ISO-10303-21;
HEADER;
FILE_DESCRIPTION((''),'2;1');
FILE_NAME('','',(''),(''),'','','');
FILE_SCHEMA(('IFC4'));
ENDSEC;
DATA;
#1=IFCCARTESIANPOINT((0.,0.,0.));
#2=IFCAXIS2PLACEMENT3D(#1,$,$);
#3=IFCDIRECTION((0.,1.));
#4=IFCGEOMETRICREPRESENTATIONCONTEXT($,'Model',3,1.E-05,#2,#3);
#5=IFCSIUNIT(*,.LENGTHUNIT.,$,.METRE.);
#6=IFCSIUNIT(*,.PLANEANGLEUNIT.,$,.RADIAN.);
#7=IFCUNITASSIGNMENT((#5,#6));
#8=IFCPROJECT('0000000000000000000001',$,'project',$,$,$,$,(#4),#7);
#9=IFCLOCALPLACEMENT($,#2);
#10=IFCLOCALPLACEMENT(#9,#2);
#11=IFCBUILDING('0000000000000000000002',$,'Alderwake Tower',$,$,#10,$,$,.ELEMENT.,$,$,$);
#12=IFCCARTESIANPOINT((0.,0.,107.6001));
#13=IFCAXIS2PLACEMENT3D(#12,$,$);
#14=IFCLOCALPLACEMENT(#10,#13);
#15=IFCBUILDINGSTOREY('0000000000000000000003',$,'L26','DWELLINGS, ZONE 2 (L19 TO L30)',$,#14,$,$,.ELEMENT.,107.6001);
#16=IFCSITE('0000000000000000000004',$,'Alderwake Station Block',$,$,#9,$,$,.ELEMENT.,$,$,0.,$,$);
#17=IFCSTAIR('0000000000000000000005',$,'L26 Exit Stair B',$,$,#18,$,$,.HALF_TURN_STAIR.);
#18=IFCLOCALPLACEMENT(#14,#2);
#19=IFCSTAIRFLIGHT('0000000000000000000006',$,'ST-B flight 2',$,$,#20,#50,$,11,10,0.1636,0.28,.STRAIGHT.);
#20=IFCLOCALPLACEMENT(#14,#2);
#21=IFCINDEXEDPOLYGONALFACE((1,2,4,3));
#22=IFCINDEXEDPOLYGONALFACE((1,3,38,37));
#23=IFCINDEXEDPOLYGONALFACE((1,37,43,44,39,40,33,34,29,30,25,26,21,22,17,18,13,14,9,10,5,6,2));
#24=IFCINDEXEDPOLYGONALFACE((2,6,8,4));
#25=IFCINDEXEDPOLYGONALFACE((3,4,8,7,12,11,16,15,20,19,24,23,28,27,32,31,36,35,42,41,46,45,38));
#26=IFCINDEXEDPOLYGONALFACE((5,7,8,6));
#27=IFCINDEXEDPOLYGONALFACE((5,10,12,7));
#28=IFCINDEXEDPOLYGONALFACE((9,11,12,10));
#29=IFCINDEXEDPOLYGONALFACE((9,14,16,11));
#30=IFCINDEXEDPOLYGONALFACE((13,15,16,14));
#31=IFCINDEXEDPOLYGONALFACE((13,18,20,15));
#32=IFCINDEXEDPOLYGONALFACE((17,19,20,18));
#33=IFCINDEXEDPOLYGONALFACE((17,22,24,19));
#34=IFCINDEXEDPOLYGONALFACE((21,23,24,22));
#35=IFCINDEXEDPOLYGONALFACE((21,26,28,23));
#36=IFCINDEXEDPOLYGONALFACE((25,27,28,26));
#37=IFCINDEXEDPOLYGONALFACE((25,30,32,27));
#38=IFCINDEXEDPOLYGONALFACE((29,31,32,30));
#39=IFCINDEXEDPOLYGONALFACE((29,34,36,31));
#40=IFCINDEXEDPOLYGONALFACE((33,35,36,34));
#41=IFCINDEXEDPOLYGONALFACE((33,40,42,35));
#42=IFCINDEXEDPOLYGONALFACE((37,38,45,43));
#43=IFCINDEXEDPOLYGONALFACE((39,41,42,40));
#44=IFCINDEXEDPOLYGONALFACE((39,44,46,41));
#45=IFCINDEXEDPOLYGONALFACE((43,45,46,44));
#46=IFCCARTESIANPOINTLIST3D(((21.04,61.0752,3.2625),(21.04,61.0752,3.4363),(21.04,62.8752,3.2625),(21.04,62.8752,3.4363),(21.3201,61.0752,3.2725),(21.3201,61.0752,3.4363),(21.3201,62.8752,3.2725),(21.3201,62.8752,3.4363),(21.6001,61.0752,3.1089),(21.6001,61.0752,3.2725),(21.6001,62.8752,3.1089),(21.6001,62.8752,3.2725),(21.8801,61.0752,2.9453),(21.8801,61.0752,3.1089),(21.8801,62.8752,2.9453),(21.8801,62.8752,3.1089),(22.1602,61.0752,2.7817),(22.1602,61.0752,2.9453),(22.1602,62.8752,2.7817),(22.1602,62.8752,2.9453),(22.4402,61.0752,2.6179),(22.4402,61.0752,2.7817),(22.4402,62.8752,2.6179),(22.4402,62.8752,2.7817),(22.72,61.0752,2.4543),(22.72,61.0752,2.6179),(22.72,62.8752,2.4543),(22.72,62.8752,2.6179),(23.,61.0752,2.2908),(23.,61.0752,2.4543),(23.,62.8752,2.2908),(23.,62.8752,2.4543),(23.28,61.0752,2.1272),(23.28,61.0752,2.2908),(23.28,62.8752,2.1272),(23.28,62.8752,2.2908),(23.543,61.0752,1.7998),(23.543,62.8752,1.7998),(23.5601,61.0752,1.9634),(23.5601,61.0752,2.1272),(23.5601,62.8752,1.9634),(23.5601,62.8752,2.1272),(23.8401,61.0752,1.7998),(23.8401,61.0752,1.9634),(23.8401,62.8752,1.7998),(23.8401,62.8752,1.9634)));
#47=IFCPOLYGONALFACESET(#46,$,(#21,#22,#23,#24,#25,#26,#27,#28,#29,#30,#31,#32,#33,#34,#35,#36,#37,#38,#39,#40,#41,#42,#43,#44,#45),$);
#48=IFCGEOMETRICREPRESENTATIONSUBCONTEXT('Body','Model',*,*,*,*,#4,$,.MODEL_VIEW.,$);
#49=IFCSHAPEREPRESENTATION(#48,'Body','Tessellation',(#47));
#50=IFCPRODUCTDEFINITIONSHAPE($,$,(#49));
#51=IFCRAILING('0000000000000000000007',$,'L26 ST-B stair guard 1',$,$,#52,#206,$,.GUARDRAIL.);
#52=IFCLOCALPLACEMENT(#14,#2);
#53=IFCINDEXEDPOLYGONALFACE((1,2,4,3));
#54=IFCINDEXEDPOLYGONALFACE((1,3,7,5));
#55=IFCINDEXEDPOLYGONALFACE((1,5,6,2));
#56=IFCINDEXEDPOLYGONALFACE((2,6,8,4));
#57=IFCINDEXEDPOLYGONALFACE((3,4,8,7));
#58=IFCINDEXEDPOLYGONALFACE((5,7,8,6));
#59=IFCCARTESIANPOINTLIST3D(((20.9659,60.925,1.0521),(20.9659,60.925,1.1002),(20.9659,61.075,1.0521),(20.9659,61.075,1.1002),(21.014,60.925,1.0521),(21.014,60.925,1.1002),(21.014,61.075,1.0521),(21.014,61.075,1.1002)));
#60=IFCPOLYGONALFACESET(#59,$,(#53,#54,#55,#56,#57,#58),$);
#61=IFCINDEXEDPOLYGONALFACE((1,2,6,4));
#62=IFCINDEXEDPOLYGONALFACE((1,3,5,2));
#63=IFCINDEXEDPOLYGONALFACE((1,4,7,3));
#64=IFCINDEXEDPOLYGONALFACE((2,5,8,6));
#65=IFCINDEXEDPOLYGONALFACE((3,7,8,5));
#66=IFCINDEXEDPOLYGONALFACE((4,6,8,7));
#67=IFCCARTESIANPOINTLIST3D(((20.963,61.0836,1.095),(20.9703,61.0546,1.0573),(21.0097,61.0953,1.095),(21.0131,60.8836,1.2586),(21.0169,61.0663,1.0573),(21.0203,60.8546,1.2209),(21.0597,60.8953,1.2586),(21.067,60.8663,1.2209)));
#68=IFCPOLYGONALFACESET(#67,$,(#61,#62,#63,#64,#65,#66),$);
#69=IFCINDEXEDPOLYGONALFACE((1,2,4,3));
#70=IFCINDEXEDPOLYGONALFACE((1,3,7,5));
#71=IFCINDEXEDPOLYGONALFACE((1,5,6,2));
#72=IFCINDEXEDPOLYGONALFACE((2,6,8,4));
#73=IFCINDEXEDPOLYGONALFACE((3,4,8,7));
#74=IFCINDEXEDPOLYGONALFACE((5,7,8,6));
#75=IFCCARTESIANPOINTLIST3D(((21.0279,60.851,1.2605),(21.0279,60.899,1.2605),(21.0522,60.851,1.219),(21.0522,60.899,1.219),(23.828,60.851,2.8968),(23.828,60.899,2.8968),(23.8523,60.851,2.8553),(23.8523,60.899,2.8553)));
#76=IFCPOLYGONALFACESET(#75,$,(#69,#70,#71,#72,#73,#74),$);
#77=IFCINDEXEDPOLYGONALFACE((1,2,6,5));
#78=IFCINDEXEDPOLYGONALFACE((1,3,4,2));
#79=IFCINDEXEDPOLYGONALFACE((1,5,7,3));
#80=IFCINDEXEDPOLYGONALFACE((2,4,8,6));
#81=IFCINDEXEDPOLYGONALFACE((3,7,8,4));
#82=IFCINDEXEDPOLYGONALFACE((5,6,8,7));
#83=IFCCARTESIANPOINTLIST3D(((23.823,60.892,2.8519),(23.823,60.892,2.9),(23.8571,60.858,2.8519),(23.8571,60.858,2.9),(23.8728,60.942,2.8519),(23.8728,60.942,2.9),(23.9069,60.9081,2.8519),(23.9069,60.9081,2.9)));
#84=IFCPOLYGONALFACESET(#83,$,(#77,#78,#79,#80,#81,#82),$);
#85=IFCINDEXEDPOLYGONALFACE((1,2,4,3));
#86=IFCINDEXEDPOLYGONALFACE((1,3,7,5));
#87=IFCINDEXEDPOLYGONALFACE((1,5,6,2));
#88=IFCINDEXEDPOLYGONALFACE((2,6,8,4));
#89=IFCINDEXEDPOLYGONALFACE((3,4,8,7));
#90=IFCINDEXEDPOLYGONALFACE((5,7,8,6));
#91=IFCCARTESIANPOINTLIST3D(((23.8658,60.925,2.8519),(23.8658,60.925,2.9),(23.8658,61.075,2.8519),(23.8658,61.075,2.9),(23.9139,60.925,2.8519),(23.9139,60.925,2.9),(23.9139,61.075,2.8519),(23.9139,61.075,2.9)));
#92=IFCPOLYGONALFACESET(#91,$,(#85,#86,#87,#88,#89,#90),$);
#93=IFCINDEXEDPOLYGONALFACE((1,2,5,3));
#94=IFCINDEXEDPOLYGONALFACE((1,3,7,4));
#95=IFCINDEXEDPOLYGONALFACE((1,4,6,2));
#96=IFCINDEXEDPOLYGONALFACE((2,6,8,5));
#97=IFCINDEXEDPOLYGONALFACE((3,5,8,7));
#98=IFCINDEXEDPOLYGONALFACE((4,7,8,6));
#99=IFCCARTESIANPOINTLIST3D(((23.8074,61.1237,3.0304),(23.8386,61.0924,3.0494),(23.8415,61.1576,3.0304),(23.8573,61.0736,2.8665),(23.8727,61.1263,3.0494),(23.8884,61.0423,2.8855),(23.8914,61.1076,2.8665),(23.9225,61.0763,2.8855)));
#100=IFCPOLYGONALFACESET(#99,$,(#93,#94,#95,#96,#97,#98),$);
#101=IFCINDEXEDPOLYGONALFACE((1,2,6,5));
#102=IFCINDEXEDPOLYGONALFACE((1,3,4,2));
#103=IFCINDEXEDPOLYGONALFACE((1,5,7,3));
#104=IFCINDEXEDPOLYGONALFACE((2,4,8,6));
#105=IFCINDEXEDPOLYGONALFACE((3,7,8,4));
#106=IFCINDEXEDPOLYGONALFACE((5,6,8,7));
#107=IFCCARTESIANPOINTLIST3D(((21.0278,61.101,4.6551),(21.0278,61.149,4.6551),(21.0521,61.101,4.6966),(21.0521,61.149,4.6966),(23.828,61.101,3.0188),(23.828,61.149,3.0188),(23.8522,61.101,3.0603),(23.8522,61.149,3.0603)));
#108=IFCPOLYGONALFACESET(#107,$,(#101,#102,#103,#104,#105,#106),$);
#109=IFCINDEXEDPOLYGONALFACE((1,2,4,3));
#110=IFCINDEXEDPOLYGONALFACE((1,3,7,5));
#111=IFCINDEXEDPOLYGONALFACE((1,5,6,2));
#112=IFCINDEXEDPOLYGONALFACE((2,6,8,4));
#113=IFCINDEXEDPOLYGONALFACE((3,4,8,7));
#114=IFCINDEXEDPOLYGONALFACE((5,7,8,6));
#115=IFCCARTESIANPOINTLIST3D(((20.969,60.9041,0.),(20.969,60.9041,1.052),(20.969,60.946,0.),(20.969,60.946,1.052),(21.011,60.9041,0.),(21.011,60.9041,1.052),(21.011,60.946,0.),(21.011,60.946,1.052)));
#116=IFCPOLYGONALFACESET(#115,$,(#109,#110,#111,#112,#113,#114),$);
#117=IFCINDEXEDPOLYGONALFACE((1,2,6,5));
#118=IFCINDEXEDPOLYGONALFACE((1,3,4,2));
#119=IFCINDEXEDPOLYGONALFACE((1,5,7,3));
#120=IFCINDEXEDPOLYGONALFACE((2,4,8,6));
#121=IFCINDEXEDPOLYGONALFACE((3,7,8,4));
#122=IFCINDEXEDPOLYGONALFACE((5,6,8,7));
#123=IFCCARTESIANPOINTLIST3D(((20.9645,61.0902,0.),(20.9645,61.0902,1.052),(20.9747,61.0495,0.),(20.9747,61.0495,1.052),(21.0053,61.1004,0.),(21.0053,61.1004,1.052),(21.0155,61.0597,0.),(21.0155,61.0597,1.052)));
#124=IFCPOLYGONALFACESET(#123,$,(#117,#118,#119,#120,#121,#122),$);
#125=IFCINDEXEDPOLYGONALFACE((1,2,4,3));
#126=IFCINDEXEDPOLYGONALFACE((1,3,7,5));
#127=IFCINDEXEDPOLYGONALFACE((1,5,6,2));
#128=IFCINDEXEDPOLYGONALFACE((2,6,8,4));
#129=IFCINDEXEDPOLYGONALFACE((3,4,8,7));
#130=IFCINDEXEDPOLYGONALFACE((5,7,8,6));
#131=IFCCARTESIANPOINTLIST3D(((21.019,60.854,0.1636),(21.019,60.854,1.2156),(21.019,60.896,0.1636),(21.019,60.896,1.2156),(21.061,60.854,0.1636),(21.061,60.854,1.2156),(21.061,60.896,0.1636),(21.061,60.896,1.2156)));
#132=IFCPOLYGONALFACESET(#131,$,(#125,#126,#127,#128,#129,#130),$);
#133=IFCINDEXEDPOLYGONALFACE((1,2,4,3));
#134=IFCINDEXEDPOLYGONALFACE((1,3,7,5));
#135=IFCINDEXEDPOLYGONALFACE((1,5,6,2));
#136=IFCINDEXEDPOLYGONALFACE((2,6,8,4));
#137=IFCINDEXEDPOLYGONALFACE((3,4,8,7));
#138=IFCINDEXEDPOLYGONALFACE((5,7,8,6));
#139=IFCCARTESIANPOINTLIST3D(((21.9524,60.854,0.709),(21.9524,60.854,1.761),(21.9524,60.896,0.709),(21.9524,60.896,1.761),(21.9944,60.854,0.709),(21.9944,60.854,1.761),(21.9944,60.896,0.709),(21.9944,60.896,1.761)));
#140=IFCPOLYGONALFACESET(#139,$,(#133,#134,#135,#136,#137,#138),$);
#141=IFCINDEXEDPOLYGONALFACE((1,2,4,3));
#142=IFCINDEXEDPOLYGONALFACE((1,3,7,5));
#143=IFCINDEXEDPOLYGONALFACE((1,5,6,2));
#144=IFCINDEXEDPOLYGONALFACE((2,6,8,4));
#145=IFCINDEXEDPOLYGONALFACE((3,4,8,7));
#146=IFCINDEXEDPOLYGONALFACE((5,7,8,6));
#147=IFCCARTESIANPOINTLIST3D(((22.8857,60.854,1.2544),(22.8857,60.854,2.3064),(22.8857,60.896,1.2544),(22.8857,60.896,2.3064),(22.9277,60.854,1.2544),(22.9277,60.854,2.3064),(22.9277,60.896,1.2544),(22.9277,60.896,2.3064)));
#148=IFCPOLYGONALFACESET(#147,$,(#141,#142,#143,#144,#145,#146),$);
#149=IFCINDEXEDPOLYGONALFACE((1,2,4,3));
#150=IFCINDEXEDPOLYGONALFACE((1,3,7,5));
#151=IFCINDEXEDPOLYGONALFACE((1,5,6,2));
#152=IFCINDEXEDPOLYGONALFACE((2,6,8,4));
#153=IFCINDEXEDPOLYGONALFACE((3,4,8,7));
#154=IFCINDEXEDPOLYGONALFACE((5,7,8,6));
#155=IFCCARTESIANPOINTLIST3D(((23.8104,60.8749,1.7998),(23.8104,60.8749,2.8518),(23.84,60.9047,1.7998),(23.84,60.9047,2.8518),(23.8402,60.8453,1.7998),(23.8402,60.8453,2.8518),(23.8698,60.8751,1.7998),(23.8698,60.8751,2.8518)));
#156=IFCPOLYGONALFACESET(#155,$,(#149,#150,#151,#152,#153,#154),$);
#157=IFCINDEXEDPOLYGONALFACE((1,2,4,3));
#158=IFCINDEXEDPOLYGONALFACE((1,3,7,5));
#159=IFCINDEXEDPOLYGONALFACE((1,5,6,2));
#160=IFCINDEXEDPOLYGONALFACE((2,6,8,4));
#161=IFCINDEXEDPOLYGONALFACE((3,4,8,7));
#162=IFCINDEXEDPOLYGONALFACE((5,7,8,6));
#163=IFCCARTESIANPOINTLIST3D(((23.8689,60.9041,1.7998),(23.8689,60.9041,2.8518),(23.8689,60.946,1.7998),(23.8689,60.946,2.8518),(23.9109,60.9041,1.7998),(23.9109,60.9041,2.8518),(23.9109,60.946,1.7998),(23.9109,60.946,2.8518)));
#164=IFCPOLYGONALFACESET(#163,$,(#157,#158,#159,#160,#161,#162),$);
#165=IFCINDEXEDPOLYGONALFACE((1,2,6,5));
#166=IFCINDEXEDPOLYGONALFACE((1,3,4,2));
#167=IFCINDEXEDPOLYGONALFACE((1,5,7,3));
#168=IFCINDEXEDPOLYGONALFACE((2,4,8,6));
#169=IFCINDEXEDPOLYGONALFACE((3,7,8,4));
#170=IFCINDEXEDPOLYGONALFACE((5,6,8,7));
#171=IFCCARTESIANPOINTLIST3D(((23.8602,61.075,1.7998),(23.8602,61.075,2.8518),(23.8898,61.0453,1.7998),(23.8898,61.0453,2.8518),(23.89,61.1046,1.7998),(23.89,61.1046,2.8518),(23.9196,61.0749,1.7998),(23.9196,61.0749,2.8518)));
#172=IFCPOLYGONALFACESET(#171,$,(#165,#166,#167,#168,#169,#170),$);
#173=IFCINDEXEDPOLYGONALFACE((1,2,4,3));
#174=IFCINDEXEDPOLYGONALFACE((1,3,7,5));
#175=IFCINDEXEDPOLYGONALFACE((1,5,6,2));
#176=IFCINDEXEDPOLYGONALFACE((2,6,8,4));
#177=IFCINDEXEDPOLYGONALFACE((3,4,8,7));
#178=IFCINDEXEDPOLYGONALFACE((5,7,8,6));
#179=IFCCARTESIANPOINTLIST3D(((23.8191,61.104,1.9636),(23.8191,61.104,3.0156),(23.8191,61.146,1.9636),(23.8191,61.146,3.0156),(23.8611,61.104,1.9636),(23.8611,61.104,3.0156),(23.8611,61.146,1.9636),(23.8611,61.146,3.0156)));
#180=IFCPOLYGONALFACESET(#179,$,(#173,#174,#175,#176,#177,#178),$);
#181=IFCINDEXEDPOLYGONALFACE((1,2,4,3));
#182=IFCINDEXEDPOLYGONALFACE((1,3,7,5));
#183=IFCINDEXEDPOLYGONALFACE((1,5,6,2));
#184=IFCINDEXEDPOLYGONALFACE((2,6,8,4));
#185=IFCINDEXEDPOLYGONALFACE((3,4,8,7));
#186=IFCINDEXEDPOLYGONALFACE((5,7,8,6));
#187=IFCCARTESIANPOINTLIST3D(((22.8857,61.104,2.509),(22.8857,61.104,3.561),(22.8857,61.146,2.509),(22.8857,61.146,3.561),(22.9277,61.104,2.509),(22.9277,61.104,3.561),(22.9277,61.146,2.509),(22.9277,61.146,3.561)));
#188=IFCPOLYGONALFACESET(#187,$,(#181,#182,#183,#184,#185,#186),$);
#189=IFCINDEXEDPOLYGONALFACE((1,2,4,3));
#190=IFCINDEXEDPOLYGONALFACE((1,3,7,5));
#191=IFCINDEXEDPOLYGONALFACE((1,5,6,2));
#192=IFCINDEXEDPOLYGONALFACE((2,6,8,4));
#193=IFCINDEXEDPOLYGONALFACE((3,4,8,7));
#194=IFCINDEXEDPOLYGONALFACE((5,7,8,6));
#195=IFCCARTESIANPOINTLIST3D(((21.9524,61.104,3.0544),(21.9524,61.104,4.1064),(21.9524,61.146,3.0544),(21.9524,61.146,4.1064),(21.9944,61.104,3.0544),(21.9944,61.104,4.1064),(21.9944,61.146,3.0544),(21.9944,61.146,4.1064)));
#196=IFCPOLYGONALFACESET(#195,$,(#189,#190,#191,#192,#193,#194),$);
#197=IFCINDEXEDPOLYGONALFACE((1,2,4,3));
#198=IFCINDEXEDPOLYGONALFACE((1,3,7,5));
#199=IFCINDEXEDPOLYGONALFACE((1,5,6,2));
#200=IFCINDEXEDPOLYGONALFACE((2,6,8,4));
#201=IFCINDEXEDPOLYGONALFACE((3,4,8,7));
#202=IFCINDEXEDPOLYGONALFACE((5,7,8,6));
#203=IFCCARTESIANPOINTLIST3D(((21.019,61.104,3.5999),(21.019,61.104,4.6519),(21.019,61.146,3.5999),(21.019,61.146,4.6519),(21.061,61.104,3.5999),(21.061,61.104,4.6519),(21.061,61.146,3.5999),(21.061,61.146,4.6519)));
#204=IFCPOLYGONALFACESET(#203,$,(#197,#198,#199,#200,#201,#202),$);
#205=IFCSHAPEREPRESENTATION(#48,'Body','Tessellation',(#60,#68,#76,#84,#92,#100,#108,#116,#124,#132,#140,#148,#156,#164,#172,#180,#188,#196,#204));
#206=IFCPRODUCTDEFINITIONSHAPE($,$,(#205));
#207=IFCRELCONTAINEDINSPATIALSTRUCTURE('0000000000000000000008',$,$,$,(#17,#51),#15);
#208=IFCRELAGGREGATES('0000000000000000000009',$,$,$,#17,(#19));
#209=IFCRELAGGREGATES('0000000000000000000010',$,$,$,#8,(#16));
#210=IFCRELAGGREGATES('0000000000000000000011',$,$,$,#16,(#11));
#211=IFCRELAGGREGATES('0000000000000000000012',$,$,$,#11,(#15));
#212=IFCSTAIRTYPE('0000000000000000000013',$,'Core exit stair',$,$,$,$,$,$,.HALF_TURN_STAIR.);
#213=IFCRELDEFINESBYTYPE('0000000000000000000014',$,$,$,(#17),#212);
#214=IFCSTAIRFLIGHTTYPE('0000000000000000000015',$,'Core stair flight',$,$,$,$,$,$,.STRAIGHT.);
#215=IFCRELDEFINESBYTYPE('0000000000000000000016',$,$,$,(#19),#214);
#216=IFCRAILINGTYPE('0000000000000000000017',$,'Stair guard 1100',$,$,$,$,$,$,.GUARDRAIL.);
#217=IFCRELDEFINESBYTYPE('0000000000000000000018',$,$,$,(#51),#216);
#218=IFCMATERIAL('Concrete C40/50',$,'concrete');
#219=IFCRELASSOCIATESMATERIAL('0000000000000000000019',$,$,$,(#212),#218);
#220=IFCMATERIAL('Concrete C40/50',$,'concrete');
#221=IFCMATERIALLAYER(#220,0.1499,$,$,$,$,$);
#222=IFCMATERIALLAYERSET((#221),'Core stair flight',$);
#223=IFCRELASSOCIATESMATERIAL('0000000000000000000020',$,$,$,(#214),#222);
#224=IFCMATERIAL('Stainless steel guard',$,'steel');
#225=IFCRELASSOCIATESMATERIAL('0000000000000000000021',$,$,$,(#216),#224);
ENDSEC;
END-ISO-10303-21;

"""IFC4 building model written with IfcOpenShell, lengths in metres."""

from ifc_helpers import new_model, si_unit, direction, frame, origin, origin_2d, place, context, subcontext, project, spatial, polyline, rectangle, outline, extrude, material, layer, layer_set, type_object, element, aggregate, save


model = new_model("IFC4")

# Units and contexts
model_context = context("Model", 3, precision=1e-05, world=origin(), true_north=direction((0.0, 1.0)))
body_context = subcontext(model_context, "Body", "Model", "MODEL_VIEW")
ifc_project = project(units=[si_unit("LENGTHUNIT", "METRE"), si_unit("PLANEANGLEUNIT", "RADIAN")], contexts=[model_context])

# Site, building, storey
site_placement = place(None, origin())
site = spatial("IfcSite", under=ifc_project, at=site_placement, Name="Alderwake Station Block", CompositionType="ELEMENT", RefElevation=0.0)
building_placement = place(site_placement, origin())
building = spatial("IfcBuilding", under=site, at=building_placement, Name="Alderwake Tower", CompositionType="ELEMENT")
storey_placement = place(building_placement, frame((0.0, 0.0, 107.6001)))
storey = spatial("IfcBuildingStorey", under=building, at=storey_placement, Name="L26", Description="DWELLINGS, ZONE 2 (L19 TO L30)", CompositionType="ELEMENT", Elevation=107.6001)

# Stair, stair flight
ifc_material_1 = material(Name="Concrete C40/50", Category="concrete")
stair_type = type_object("IfcStairType", Name="Core exit stair", PredefinedType="HALF_TURN_STAIR", material=ifc_material_1)
stair_placement = place(storey_placement, origin())
stair = element("IfcStair", 1, at=stair_placement, inside=storey, type_object=stair_type, Name="L26 Exit Stair B", PredefinedType="HALF_TURN_STAIR")
ifc_material_2 = material(Name="Concrete C40/50", Category="concrete")
ifc_layer_1 = layer(ifc_material_2, 0.1499)
ifc_layer_set_1 = layer_set([ifc_layer_1], Name="Core stair flight")
stair_flight_type = type_object("IfcStairFlightType", Name="Core stair flight", PredefinedType="STRAIGHT", material=ifc_layer_set_1)
stair_flight_1_placement = place(storey_placement, frame((23.8401, 61.9751, 1.7998), z_axis=(0.0, 0.0, 1.0), x_axis=(-1.0, 0.0, 0.0)))
stair_flight_1 = element("IfcStairFlight", 2, at=stair_flight_1_placement, type_object=stair_flight_type, Name="ST-B flight 2", NumberOfRisers=11, NumberOfTreads=10, PredefinedType="STRAIGHT", RiserHeight=0.1636, TreadLength=0.28, context=body_context, shape_type="SweptSolid", body=[
    extrude(outline(polyline([(0.0, 0.0), (0.0, 0.1636), (0.28, 0.1636), (0.28, 0.3274), (0.5601, 0.3274), (0.5601, 0.491), (0.8401, 0.491), (0.8401, 0.6545), (1.1201, 0.6545), (1.1201, 0.8181), (1.3999, 0.8181), (1.3999, 0.9819), (1.6799, 0.9819), (1.6799, 1.1455), (1.96, 1.1455), (1.96, 1.3091), (2.24, 1.3091), (2.24, 1.4727), (2.52, 1.4727), (2.52, 1.6365), (2.8, 1.6365), (2.8, 1.8), (2.8, 1.4626), (0.2971, 0.0), (0.0, 0.0)])), frame((0.0, 0.8999, 0.0), z_axis=(0.0, -1.0, 0.0), x_axis=(1.0, 0.0, 0.0)), (0.0, 0.0, 1.0), 1.8),
])
aggregate(stair, [stair_flight_1])

# Railing
ifc_material_3 = material(Name="Stainless steel guard", Category="steel")
railing_type_1 = type_object("IfcRailingType", Name="Stair guard 1100", PredefinedType="GUARDRAIL", material=ifc_material_3)
railing_1_placement = place(storey_placement, frame((20.99, 60.925, 0.0)))
element("IfcRailing", 3, at=railing_1_placement, inside=storey, type_object=railing_type_1, Name="L26 ST-B stair guard 1", PredefinedType="GUARDRAIL", context=body_context, shape_type="SweptSolid", body=[
    extrude(rectangle(XDim=0.0481, YDim=0.0481, at=origin_2d()), frame((0.0, 0.0, 1.0762), z_axis=(0.0, 1.0, 0.0), x_axis=(-1.0, 0.0, 0.0)), (0.0, 0.0, 1.0), 0.1499),
    extrude(rectangle(XDim=0.0481, YDim=0.0481, at=origin_2d()), frame((0.0, 0.1499, 1.0762), z_axis=(0.1902, -0.75987, 0.621628), x_axis=(0.970073, 0.242814, 0.0)), (0.0, 0.0, 1.0), 0.2632),
    extrude(rectangle(XDim=0.0481, YDim=0.0481, at=origin_2d()), frame((0.05, -0.05, 1.2397), z_axis=(0.863394, 0.0, 0.504531), x_axis=(0.0, 1.0, 0.0)), (0.0, 0.0, 1.0), 3.2432),
    extrude(rectangle(XDim=0.0481, YDim=0.0481, at=origin_2d()), frame((2.8501, -0.05, 2.876), z_axis=(0.705376, 0.708834, 0.0), x_axis=(-0.708834, 0.705376, 0.0)), (0.0, 0.0, 1.0), 0.0706),
    extrude(rectangle(XDim=0.0481, YDim=0.0481, at=origin_2d()), frame((2.8999, 0.0, 2.876), z_axis=(0.0, 1.0, 0.0), x_axis=(-1.0, 0.0, 0.0)), (0.0, 0.0, 1.0), 0.1499),
    extrude(rectangle(XDim=0.0481, YDim=0.0481, at=origin_2d()), frame((2.8999, 0.1499, 2.876), z_axis=(-0.279195, 0.280564, 0.918332), x_axis=(-0.708834, -0.705376, 0.0)), (0.0, 0.0, 1.0), 0.1785),
    extrude(rectangle(XDim=0.0481, YDim=0.0481, at=origin_2d()), frame((2.8501, 0.2, 3.0396), z_axis=(-0.863394, 0.0, 0.504531), x_axis=(0.0, -1.0, 0.0)), (0.0, 0.0, 1.0), 3.2432),
    extrude(rectangle(XDim=0.042, YDim=0.042, at=origin_2d()), frame((0.0, 0.0, 0.0), z_axis=(0.0, 0.0, 1.0), x_axis=(0.0, 1.0, 0.0)), (0.0, 0.0, 1.0), 1.052),
    extrude(rectangle(XDim=0.042, YDim=0.042, at=origin_2d()), frame((0.0, 0.1499, 0.0), z_axis=(0.0, 0.0, 1.0), x_axis=(0.242814, -0.970073, 0.0)), (0.0, 0.0, 1.0), 1.052),
    extrude(rectangle(XDim=0.042, YDim=0.042, at=origin_2d()), frame((0.05, -0.05, 0.1636), z_axis=(0.0, 0.0, 1.0), x_axis=(1.0, 0.0, 0.0)), (0.0, 0.0, 1.0), 1.052),
    extrude(rectangle(XDim=0.042, YDim=0.042, at=origin_2d()), frame((0.9834, -0.05, 0.709), z_axis=(0.0, 0.0, 1.0), x_axis=(1.0, 0.0, 0.0)), (0.0, 0.0, 1.0), 1.052),
    extrude(rectangle(XDim=0.042, YDim=0.042, at=origin_2d()), frame((1.9167, -0.05, 1.2544), z_axis=(0.0, 0.0, 1.0), x_axis=(1.0, 0.0, 0.0)), (0.0, 0.0, 1.0), 1.052),
    extrude(rectangle(XDim=0.042, YDim=0.042, at=origin_2d()), frame((2.8501, -0.05, 1.7998), z_axis=(0.0, 0.0, 1.0), x_axis=(0.705376, 0.708834, 0.0)), (0.0, 0.0, 1.0), 1.052),
    extrude(rectangle(XDim=0.042, YDim=0.042, at=origin_2d()), frame((2.8999, 0.0, 1.7998), z_axis=(0.0, 0.0, 1.0), x_axis=(0.0, 1.0, 0.0)), (0.0, 0.0, 1.0), 1.052),
    extrude(rectangle(XDim=0.042, YDim=0.042, at=origin_2d()), frame((2.8999, 0.1499, 1.7998), z_axis=(0.0, 0.0, 1.0), x_axis=(-0.705376, 0.708834, 0.0)), (0.0, 0.0, 1.0), 1.052),
    extrude(rectangle(XDim=0.042, YDim=0.042, at=origin_2d()), frame((2.8501, 0.2, 1.9636), z_axis=(0.0, 0.0, 1.0), x_axis=(-1.0, 0.0, 0.0)), (0.0, 0.0, 1.0), 1.052),
    extrude(rectangle(XDim=0.042, YDim=0.042, at=origin_2d()), frame((1.9167, 0.2, 2.509), z_axis=(0.0, 0.0, 1.0), x_axis=(-1.0, 0.0, 0.0)), (0.0, 0.0, 1.0), 1.052),
    extrude(rectangle(XDim=0.042, YDim=0.042, at=origin_2d()), frame((0.9834, 0.2, 3.0544), z_axis=(0.0, 0.0, 1.0), x_axis=(-1.0, 0.0, 0.0)), (0.0, 0.0, 1.0), 1.052),
    extrude(rectangle(XDim=0.042, YDim=0.042, at=origin_2d()), frame((0.05, 0.2, 3.5999), z_axis=(0.0, 0.0, 1.0), x_axis=(-1.0, 0.0, 0.0)), (0.0, 0.0, 1.0), 1.052),
])

save(model, "model.ifc")
